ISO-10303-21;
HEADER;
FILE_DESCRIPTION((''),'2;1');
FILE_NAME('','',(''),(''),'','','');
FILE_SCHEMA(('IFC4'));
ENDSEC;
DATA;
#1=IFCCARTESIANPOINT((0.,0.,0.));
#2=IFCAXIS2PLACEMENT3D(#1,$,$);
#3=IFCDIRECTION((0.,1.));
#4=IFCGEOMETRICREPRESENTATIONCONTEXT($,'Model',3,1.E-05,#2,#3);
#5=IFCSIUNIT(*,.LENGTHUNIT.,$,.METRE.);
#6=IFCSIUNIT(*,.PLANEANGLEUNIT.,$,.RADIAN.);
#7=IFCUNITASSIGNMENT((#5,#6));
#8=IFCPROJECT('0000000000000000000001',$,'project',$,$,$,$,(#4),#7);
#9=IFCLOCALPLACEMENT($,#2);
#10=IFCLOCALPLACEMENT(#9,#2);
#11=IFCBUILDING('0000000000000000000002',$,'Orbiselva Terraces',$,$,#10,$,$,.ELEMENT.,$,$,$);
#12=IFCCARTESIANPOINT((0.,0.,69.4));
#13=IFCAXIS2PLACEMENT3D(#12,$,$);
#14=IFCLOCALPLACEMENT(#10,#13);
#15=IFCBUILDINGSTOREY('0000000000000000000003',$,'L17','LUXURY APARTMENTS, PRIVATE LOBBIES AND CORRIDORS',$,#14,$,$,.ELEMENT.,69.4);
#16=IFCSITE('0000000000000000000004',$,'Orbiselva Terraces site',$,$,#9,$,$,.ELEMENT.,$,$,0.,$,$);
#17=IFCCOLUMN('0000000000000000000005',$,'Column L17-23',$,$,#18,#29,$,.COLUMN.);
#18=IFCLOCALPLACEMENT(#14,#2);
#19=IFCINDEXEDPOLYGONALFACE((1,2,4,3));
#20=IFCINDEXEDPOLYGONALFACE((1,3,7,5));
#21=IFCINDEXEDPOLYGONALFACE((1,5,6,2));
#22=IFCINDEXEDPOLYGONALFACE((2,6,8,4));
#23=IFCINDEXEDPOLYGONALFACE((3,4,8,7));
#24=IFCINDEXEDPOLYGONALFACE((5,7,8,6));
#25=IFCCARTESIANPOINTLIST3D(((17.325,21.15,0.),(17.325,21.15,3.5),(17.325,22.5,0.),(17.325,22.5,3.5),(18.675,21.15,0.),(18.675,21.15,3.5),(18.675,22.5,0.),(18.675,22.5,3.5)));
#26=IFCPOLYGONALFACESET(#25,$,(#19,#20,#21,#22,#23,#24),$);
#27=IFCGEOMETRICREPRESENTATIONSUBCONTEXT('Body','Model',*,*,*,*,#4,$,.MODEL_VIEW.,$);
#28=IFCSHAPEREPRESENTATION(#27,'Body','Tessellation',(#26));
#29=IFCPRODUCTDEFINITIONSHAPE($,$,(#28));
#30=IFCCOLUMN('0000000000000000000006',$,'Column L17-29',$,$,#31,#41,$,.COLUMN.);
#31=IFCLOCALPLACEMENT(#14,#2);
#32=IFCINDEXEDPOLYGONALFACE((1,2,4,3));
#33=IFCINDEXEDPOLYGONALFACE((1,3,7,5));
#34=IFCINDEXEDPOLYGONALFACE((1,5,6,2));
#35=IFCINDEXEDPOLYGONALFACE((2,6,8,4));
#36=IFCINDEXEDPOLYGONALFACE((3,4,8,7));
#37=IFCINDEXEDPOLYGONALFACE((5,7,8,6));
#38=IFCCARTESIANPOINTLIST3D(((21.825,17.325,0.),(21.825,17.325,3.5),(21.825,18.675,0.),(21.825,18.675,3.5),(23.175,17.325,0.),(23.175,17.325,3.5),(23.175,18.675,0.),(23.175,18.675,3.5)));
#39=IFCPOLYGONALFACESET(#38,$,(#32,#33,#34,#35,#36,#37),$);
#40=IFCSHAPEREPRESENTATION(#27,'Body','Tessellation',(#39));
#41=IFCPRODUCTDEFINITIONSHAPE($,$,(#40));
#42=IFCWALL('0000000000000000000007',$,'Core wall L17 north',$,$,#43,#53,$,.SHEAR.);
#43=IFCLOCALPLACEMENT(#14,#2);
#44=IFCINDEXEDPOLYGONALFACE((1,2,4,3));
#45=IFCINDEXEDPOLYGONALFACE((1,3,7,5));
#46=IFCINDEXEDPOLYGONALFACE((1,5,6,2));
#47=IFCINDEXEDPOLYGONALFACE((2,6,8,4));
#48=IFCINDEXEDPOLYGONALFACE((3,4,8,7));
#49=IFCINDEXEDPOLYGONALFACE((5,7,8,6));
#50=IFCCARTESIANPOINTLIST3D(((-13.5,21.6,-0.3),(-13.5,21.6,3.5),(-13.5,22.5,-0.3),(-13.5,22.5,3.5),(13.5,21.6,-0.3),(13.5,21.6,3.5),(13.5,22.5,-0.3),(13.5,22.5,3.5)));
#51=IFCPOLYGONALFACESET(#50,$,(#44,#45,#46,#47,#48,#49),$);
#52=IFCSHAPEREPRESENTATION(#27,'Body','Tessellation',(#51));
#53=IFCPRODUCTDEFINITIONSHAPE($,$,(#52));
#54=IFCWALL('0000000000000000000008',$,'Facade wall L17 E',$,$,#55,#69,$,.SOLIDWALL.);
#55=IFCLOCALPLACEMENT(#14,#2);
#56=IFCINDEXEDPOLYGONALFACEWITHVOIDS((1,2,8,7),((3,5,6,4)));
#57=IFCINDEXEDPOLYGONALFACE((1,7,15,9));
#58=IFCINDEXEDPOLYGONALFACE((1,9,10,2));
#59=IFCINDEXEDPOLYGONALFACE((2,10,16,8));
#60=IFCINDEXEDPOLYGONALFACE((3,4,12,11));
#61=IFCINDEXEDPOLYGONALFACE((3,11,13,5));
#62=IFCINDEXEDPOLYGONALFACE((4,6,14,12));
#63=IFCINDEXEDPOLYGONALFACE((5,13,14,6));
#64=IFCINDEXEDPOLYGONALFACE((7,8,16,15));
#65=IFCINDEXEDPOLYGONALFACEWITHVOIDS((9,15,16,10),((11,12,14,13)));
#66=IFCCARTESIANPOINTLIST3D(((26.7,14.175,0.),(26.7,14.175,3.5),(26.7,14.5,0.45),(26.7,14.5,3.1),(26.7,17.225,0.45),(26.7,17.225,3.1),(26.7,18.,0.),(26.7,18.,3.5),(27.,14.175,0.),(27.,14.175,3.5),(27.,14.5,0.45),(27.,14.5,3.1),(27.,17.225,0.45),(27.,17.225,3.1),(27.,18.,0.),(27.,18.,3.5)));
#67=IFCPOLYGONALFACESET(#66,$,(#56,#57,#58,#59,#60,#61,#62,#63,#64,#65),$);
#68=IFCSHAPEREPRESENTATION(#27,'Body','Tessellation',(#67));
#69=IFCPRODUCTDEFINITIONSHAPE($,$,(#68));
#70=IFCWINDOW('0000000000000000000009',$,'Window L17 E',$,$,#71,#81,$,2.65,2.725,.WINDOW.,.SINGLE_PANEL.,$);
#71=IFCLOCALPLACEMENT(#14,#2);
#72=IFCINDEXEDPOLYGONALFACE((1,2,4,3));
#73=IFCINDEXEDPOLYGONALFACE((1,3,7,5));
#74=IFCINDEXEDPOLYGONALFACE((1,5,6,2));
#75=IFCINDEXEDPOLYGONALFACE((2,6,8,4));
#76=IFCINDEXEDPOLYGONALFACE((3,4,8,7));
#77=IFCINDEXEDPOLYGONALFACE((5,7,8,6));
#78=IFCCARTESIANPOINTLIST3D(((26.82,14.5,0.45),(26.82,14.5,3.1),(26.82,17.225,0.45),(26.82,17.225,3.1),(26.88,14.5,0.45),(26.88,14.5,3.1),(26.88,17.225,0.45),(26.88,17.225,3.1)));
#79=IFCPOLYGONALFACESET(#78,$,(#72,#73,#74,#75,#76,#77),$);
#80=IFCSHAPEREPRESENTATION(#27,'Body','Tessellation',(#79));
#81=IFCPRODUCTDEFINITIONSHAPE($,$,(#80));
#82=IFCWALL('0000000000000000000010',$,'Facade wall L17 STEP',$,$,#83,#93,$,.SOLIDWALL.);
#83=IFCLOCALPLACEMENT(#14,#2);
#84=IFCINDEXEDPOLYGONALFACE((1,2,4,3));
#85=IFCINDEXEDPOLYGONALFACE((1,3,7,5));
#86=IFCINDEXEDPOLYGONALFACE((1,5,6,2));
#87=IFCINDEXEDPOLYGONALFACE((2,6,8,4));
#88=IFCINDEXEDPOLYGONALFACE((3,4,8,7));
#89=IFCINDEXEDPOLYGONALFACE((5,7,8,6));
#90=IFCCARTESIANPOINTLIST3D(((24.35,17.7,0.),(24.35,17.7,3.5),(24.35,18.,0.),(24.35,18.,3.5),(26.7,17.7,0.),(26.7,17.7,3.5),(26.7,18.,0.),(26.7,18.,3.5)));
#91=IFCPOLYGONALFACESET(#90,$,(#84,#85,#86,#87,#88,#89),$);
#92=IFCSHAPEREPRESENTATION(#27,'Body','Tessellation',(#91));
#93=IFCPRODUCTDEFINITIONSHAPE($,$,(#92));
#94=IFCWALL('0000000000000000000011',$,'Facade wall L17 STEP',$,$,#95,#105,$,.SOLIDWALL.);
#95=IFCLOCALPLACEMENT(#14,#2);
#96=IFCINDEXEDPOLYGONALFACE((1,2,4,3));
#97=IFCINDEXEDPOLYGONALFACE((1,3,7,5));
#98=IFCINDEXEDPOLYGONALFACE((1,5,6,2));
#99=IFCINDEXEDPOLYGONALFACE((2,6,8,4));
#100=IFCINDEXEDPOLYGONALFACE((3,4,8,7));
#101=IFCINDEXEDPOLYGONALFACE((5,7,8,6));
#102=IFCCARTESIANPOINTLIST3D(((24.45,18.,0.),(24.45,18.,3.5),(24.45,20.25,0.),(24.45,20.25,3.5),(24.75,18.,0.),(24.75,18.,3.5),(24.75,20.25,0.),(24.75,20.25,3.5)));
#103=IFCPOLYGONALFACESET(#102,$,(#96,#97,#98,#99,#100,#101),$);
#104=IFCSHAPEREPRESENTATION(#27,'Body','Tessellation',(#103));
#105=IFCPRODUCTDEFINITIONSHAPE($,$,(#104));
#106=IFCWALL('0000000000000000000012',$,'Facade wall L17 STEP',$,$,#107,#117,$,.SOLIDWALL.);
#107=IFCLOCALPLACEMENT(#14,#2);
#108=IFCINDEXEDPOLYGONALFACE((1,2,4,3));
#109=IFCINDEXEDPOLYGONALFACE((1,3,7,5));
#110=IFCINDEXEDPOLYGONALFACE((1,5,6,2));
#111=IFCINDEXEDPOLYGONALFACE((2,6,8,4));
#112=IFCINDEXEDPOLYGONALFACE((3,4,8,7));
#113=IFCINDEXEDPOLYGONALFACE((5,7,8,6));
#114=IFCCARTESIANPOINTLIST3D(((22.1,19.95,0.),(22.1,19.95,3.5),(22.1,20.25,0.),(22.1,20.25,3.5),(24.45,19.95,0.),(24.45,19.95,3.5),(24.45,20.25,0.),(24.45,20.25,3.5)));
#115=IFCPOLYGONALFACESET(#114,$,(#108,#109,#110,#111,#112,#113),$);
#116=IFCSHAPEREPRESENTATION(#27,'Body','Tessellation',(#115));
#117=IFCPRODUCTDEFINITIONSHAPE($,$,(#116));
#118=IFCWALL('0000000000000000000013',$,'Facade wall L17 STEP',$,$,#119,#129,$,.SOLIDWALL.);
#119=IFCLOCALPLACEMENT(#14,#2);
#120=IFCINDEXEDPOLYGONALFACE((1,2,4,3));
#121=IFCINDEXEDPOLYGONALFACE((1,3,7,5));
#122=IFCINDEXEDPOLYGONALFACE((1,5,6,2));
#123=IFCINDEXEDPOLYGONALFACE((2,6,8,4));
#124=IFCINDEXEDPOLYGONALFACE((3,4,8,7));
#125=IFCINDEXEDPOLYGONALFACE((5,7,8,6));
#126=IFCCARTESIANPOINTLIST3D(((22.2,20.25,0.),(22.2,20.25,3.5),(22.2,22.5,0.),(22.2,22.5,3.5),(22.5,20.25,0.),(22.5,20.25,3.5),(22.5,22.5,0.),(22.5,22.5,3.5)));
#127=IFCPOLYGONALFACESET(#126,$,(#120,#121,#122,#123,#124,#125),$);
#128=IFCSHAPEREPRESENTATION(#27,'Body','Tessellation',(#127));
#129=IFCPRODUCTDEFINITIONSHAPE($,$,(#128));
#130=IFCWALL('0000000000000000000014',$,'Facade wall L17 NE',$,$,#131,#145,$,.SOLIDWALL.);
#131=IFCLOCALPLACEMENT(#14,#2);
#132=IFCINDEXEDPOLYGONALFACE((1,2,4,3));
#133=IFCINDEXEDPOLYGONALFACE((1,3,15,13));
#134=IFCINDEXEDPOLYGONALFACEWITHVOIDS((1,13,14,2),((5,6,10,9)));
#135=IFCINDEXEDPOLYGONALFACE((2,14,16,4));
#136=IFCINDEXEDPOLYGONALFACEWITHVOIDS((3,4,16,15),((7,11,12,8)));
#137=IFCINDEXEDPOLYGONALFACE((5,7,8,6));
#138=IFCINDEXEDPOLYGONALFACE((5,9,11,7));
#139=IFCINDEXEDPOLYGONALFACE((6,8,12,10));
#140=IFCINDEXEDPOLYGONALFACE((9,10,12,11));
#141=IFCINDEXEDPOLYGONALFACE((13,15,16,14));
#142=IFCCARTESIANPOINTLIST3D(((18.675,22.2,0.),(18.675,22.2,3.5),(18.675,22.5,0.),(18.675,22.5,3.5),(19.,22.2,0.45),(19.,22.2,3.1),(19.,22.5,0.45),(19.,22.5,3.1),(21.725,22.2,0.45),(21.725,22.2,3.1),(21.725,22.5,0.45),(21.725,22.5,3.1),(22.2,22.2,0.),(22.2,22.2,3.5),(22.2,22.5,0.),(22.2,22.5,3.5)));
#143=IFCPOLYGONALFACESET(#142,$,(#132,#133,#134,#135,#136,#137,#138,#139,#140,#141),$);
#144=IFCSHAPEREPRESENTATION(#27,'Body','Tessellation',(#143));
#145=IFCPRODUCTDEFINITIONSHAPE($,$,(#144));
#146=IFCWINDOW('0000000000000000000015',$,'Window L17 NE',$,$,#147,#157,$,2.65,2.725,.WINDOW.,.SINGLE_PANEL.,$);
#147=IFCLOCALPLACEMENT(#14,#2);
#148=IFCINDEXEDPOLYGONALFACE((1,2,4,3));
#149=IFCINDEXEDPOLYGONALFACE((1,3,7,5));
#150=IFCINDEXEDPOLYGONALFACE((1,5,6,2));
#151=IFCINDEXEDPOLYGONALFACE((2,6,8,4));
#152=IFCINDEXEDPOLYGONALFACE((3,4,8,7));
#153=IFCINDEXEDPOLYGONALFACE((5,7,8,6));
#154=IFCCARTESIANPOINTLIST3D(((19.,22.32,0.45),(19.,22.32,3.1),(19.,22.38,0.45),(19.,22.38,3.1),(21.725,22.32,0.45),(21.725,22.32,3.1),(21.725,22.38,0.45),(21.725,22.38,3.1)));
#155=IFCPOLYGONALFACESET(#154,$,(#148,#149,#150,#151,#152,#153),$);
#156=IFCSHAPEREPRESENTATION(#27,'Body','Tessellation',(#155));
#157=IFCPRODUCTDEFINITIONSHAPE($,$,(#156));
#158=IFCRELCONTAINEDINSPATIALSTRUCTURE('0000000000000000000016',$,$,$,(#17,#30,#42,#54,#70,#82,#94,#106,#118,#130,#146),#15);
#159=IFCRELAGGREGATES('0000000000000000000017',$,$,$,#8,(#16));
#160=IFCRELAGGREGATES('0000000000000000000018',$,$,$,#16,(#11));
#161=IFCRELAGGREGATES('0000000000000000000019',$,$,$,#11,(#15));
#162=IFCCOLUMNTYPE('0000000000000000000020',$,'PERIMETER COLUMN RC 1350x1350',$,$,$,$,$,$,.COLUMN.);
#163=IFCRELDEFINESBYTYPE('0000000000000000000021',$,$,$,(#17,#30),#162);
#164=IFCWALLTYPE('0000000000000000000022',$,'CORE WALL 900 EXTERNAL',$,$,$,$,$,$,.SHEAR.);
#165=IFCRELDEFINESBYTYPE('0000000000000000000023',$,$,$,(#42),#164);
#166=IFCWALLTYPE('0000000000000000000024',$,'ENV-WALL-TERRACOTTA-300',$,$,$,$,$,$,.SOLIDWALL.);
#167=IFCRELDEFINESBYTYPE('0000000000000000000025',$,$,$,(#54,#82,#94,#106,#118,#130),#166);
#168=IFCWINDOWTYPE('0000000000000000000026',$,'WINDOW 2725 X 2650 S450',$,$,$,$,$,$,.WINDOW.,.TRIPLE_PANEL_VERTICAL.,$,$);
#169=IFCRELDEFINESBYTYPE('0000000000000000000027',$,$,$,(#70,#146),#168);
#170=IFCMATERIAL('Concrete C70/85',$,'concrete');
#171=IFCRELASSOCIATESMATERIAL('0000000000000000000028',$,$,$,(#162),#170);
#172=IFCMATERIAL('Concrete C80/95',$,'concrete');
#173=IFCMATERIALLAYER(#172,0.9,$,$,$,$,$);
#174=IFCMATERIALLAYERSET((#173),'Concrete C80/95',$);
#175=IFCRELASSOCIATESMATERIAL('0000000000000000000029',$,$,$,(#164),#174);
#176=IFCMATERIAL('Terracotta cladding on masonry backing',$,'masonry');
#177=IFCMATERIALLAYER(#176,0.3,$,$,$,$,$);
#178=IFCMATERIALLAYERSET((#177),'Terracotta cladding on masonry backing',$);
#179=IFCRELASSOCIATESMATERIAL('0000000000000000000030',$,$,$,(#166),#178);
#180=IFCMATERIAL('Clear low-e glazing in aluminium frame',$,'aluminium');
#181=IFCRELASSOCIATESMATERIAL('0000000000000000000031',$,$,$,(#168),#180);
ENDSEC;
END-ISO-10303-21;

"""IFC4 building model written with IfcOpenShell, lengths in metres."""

from ifc_helpers import new_model, si_unit, direction, frame, frame_2d, origin, origin_2d, place, context, subcontext, project, spatial, rectangle, extrude, material, layer, layer_set, material_profile, profile_set, type_object, element, fill, save


model = new_model("IFC4")

# Units and contexts
model_context = context("Model", 3, precision=1e-05, world=origin(), true_north=direction((0.0, 1.0)))
body_context = subcontext(model_context, "Body", "Model", "MODEL_VIEW")
ifc_project = project(units=[si_unit("LENGTHUNIT", "METRE"), si_unit("PLANEANGLEUNIT", "RADIAN")], contexts=[model_context])

# Site, building, storey
site_placement = place(None, origin())
site = spatial("IfcSite", under=ifc_project, at=site_placement, Name="Orbiselva Terraces site", CompositionType="ELEMENT", RefElevation=0.0)
building_placement = place(site_placement, origin())
building = spatial("IfcBuilding", under=site, at=building_placement, Name="Orbiselva Terraces", CompositionType="ELEMENT")
storey_placement = place(building_placement, frame((0.0, 0.0, 69.4)))
storey = spatial("IfcBuildingStorey", under=building, at=storey_placement, Name="L17", Description="LUXURY APARTMENTS, PRIVATE LOBBIES AND CORRIDORS", CompositionType="ELEMENT", Elevation=69.4)

# Columns
ifc_material_1 = material(Name="Concrete C70/85", Category="concrete")
ifc_material_profile = material_profile(ifc_material_1, rectangle(XDim=1.35, YDim=1.35, at=origin_2d()), Name="RC 1350x1350")
ifc_profile_set = profile_set([ifc_material_profile], Name="Concrete C70/85")
column_type = type_object("IfcColumnType", Name="PERIMETER COLUMN RC 1350x1350", PredefinedType="COLUMN", material=ifc_profile_set)
for number, where, z_axis, x_axis, name in (
    (1, (18.0, 21.825, 0.0), (0.0, 0.0, 1.0), (1.0, 0.0, 0.0), "Column L17-23"),
    (2, (22.5, 18.0, 0.0), (0.0, 0.0, 1.0), (1.0, 0.0, 0.0), "Column L17-29"),
):
    element("IfcColumn", number, at=place(storey_placement, frame(where, z_axis=z_axis, x_axis=x_axis)), inside=storey, type_object=column_type, Name=name, PredefinedType="COLUMN", context=body_context, shape_type="SweptSolid", body=[
        extrude(rectangle(XDim=1.35, YDim=1.35, at=origin_2d()), origin(), (0.0, 0.0, 1.0), 3.5),
    ])

# Wall
ifc_material_2 = material(Name="Concrete C80/95", Category="concrete")
ifc_layer_1 = layer(ifc_material_2, 0.9)
ifc_layer_set_1 = layer_set([ifc_layer_1], Name="Concrete C80/95")
wall_type_1 = type_object("IfcWallType", Name="CORE WALL 900 EXTERNAL", PredefinedType="SHEAR", material=ifc_layer_set_1)
wall_1_placement = place(storey_placement, frame((13.5, 22.05, -0.3), z_axis=(0.0, 0.0, 1.0), x_axis=(-1.0, 0.0, 0.0)))
element("IfcWall", 3, at=wall_1_placement, inside=storey, type_object=wall_type_1, Name="Core wall L17 north", PredefinedType="SHEAR", context=body_context, shape_type="SweptSolid", body=[
    extrude(rectangle(XDim=27.0, YDim=0.9, at=frame_2d((13.5, 0.0))), origin(), (0.0, 0.0, 1.0), 3.8),
])

# Wall, opening, window
ifc_material_3 = material(Name="Terracotta cladding on masonry backing", Category="masonry")
ifc_layer_2 = layer(ifc_material_3, 0.3)
ifc_layer_set_2 = layer_set([ifc_layer_2], Name="Terracotta cladding on masonry backing")
wall_type_2 = type_object("IfcWallType", Name="ENV-WALL-TERRACOTTA-300", PredefinedType="SOLIDWALL", material=ifc_layer_set_2)
wall_2_placement = place(storey_placement, frame((26.85, 18.0, 0.0), z_axis=(0.0, 0.0, 1.0), x_axis=(0.0, -1.0, 0.0)))
wall_2 = element("IfcWall", 4, at=wall_2_placement, inside=storey, type_object=wall_type_2, Name="Facade wall L17 E", PredefinedType="SOLIDWALL", context=body_context, shape_type="SweptSolid", body=[
    extrude(rectangle(XDim=3.825, YDim=0.3, at=frame_2d((1.9125, 0.0))), origin(), (0.0, 0.0, 1.0), 3.5),
])
opening_1_placement = place(wall_2_placement, frame((0.775, 0.0, 0.45)))
opening_1 = element("IfcOpeningElement", 5, at=opening_1_placement, cuts=wall_2, PredefinedType="OPENING", context=body_context, shape_type="SweptSolid", body=[
    extrude(rectangle(XDim=2.725, YDim=2.65, at=frame_2d((1.3625, 1.325))), frame((0.0, 0.16, 0.0), z_axis=(0.0, -1.0, 0.0), x_axis=(1.0, 0.0, 0.0)), (0.0, 0.0, 1.0), 0.32),
])
ifc_material_4 = material(Name="Clear low-e glazing in aluminium frame", Category="aluminium")
window_type = type_object("IfcWindowType", Name="WINDOW 2725 X 2650 S450", PartitioningType="TRIPLE_PANEL_VERTICAL", PredefinedType="WINDOW", material=ifc_material_4)
window_1_placement = place(opening_1_placement, origin())
window_1 = element("IfcWindow", 6, at=window_1_placement, inside=storey, type_object=window_type, Name="Window L17 E", OverallHeight=2.65, OverallWidth=2.725, PartitioningType="SINGLE_PANEL", PredefinedType="WINDOW", context=body_context, shape_type="SweptSolid", body=[
    extrude(rectangle(XDim=2.725, YDim=2.65, at=frame_2d((1.3625, 1.325))), frame((0.0, 0.03, 0.0), z_axis=(0.0, -1.0, 0.0), x_axis=(1.0, 0.0, 0.0)), (0.0, 0.0, 1.0), 0.06),
])
fill(opening_1, window_1)

# Walls
wall_3_placement = place(storey_placement, frame((24.35, 17.85, 0.0), z_axis=(0.0, 0.0, 1.0), x_axis=(1.0, 0.0, 0.0)))
element("IfcWall", 7, at=wall_3_placement, inside=storey, type_object=wall_type_2, Name="Facade wall L17 STEP", PredefinedType="SOLIDWALL", context=body_context, shape_type="SweptSolid", body=[
    extrude(rectangle(XDim=2.35, YDim=0.3, at=frame_2d((1.175, 0.0))), origin(), (0.0, 0.0, 1.0), 3.5),
])
wall_4_placement = place(storey_placement, frame((24.6, 20.25, 0.0), z_axis=(0.0, 0.0, 1.0), x_axis=(0.0, -1.0, 0.0)))
element("IfcWall", 8, at=wall_4_placement, inside=storey, type_object=wall_type_2, Name="Facade wall L17 STEP", PredefinedType="SOLIDWALL", context=body_context, shape_type="SweptSolid", body=[
    extrude(rectangle(XDim=2.25, YDim=0.3, at=frame_2d((1.125, 0.0))), origin(), (0.0, 0.0, 1.0), 3.5),
])
wall_5_placement = place(storey_placement, frame((22.1, 20.1, 0.0), z_axis=(0.0, 0.0, 1.0), x_axis=(1.0, 0.0, 0.0)))
element("IfcWall", 9, at=wall_5_placement, inside=storey, type_object=wall_type_2, Name="Facade wall L17 STEP", PredefinedType="SOLIDWALL", context=body_context, shape_type="SweptSolid", body=[
    extrude(rectangle(XDim=2.35, YDim=0.3, at=frame_2d((1.175, 0.0))), origin(), (0.0, 0.0, 1.0), 3.5),
])
wall_6_placement = place(storey_placement, frame((22.35, 22.5, 0.0), z_axis=(0.0, 0.0, 1.0), x_axis=(0.0, -1.0, 0.0)))
element("IfcWall", 10, at=wall_6_placement, inside=storey, type_object=wall_type_2, Name="Facade wall L17 STEP", PredefinedType="SOLIDWALL", context=body_context, shape_type="SweptSolid", body=[
    extrude(rectangle(XDim=2.25, YDim=0.3, at=frame_2d((1.125, 0.0))), origin(), (0.0, 0.0, 1.0), 3.5),
])

# Wall, opening, window
wall_7_placement = place(storey_placement, frame((18.675, 22.35, 0.0), z_axis=(0.0, 0.0, 1.0), x_axis=(1.0, 0.0, 0.0)))
wall_7 = element("IfcWall", 11, at=wall_7_placement, inside=storey, type_object=wall_type_2, Name="Facade wall L17 NE", PredefinedType="SOLIDWALL", context=body_context, shape_type="SweptSolid", body=[
    extrude(rectangle(XDim=3.525, YDim=0.3, at=frame_2d((1.7625, 0.0))), origin(), (0.0, 0.0, 1.0), 3.5),
])
opening_2_placement = place(wall_7_placement, frame((0.325, 0.0, 0.45)))
opening_2 = element("IfcOpeningElement", 12, at=opening_2_placement, cuts=wall_7, PredefinedType="OPENING", context=body_context, shape_type="SweptSolid", body=[
    extrude(rectangle(XDim=2.725, YDim=2.65, at=frame_2d((1.3625, 1.325))), frame((0.0, 0.16, 0.0), z_axis=(0.0, -1.0, 0.0), x_axis=(1.0, 0.0, 0.0)), (0.0, 0.0, 1.0), 0.32),
])
window_2_placement = place(opening_2_placement, origin())
window_2 = element("IfcWindow", 13, at=window_2_placement, inside=storey, type_object=window_type, Name="Window L17 NE", OverallHeight=2.65, OverallWidth=2.725, PartitioningType="SINGLE_PANEL", PredefinedType="WINDOW", context=body_context, shape_type="SweptSolid", body=[
    extrude(rectangle(XDim=2.725, YDim=2.65, at=frame_2d((1.3625, 1.325))), frame((0.0, 0.03, 0.0), z_axis=(0.0, -1.0, 0.0), x_axis=(1.0, 0.0, 0.0)), (0.0, 0.0, 1.0), 0.06),
])
fill(opening_2, window_2)

save(model, "model.ifc")
